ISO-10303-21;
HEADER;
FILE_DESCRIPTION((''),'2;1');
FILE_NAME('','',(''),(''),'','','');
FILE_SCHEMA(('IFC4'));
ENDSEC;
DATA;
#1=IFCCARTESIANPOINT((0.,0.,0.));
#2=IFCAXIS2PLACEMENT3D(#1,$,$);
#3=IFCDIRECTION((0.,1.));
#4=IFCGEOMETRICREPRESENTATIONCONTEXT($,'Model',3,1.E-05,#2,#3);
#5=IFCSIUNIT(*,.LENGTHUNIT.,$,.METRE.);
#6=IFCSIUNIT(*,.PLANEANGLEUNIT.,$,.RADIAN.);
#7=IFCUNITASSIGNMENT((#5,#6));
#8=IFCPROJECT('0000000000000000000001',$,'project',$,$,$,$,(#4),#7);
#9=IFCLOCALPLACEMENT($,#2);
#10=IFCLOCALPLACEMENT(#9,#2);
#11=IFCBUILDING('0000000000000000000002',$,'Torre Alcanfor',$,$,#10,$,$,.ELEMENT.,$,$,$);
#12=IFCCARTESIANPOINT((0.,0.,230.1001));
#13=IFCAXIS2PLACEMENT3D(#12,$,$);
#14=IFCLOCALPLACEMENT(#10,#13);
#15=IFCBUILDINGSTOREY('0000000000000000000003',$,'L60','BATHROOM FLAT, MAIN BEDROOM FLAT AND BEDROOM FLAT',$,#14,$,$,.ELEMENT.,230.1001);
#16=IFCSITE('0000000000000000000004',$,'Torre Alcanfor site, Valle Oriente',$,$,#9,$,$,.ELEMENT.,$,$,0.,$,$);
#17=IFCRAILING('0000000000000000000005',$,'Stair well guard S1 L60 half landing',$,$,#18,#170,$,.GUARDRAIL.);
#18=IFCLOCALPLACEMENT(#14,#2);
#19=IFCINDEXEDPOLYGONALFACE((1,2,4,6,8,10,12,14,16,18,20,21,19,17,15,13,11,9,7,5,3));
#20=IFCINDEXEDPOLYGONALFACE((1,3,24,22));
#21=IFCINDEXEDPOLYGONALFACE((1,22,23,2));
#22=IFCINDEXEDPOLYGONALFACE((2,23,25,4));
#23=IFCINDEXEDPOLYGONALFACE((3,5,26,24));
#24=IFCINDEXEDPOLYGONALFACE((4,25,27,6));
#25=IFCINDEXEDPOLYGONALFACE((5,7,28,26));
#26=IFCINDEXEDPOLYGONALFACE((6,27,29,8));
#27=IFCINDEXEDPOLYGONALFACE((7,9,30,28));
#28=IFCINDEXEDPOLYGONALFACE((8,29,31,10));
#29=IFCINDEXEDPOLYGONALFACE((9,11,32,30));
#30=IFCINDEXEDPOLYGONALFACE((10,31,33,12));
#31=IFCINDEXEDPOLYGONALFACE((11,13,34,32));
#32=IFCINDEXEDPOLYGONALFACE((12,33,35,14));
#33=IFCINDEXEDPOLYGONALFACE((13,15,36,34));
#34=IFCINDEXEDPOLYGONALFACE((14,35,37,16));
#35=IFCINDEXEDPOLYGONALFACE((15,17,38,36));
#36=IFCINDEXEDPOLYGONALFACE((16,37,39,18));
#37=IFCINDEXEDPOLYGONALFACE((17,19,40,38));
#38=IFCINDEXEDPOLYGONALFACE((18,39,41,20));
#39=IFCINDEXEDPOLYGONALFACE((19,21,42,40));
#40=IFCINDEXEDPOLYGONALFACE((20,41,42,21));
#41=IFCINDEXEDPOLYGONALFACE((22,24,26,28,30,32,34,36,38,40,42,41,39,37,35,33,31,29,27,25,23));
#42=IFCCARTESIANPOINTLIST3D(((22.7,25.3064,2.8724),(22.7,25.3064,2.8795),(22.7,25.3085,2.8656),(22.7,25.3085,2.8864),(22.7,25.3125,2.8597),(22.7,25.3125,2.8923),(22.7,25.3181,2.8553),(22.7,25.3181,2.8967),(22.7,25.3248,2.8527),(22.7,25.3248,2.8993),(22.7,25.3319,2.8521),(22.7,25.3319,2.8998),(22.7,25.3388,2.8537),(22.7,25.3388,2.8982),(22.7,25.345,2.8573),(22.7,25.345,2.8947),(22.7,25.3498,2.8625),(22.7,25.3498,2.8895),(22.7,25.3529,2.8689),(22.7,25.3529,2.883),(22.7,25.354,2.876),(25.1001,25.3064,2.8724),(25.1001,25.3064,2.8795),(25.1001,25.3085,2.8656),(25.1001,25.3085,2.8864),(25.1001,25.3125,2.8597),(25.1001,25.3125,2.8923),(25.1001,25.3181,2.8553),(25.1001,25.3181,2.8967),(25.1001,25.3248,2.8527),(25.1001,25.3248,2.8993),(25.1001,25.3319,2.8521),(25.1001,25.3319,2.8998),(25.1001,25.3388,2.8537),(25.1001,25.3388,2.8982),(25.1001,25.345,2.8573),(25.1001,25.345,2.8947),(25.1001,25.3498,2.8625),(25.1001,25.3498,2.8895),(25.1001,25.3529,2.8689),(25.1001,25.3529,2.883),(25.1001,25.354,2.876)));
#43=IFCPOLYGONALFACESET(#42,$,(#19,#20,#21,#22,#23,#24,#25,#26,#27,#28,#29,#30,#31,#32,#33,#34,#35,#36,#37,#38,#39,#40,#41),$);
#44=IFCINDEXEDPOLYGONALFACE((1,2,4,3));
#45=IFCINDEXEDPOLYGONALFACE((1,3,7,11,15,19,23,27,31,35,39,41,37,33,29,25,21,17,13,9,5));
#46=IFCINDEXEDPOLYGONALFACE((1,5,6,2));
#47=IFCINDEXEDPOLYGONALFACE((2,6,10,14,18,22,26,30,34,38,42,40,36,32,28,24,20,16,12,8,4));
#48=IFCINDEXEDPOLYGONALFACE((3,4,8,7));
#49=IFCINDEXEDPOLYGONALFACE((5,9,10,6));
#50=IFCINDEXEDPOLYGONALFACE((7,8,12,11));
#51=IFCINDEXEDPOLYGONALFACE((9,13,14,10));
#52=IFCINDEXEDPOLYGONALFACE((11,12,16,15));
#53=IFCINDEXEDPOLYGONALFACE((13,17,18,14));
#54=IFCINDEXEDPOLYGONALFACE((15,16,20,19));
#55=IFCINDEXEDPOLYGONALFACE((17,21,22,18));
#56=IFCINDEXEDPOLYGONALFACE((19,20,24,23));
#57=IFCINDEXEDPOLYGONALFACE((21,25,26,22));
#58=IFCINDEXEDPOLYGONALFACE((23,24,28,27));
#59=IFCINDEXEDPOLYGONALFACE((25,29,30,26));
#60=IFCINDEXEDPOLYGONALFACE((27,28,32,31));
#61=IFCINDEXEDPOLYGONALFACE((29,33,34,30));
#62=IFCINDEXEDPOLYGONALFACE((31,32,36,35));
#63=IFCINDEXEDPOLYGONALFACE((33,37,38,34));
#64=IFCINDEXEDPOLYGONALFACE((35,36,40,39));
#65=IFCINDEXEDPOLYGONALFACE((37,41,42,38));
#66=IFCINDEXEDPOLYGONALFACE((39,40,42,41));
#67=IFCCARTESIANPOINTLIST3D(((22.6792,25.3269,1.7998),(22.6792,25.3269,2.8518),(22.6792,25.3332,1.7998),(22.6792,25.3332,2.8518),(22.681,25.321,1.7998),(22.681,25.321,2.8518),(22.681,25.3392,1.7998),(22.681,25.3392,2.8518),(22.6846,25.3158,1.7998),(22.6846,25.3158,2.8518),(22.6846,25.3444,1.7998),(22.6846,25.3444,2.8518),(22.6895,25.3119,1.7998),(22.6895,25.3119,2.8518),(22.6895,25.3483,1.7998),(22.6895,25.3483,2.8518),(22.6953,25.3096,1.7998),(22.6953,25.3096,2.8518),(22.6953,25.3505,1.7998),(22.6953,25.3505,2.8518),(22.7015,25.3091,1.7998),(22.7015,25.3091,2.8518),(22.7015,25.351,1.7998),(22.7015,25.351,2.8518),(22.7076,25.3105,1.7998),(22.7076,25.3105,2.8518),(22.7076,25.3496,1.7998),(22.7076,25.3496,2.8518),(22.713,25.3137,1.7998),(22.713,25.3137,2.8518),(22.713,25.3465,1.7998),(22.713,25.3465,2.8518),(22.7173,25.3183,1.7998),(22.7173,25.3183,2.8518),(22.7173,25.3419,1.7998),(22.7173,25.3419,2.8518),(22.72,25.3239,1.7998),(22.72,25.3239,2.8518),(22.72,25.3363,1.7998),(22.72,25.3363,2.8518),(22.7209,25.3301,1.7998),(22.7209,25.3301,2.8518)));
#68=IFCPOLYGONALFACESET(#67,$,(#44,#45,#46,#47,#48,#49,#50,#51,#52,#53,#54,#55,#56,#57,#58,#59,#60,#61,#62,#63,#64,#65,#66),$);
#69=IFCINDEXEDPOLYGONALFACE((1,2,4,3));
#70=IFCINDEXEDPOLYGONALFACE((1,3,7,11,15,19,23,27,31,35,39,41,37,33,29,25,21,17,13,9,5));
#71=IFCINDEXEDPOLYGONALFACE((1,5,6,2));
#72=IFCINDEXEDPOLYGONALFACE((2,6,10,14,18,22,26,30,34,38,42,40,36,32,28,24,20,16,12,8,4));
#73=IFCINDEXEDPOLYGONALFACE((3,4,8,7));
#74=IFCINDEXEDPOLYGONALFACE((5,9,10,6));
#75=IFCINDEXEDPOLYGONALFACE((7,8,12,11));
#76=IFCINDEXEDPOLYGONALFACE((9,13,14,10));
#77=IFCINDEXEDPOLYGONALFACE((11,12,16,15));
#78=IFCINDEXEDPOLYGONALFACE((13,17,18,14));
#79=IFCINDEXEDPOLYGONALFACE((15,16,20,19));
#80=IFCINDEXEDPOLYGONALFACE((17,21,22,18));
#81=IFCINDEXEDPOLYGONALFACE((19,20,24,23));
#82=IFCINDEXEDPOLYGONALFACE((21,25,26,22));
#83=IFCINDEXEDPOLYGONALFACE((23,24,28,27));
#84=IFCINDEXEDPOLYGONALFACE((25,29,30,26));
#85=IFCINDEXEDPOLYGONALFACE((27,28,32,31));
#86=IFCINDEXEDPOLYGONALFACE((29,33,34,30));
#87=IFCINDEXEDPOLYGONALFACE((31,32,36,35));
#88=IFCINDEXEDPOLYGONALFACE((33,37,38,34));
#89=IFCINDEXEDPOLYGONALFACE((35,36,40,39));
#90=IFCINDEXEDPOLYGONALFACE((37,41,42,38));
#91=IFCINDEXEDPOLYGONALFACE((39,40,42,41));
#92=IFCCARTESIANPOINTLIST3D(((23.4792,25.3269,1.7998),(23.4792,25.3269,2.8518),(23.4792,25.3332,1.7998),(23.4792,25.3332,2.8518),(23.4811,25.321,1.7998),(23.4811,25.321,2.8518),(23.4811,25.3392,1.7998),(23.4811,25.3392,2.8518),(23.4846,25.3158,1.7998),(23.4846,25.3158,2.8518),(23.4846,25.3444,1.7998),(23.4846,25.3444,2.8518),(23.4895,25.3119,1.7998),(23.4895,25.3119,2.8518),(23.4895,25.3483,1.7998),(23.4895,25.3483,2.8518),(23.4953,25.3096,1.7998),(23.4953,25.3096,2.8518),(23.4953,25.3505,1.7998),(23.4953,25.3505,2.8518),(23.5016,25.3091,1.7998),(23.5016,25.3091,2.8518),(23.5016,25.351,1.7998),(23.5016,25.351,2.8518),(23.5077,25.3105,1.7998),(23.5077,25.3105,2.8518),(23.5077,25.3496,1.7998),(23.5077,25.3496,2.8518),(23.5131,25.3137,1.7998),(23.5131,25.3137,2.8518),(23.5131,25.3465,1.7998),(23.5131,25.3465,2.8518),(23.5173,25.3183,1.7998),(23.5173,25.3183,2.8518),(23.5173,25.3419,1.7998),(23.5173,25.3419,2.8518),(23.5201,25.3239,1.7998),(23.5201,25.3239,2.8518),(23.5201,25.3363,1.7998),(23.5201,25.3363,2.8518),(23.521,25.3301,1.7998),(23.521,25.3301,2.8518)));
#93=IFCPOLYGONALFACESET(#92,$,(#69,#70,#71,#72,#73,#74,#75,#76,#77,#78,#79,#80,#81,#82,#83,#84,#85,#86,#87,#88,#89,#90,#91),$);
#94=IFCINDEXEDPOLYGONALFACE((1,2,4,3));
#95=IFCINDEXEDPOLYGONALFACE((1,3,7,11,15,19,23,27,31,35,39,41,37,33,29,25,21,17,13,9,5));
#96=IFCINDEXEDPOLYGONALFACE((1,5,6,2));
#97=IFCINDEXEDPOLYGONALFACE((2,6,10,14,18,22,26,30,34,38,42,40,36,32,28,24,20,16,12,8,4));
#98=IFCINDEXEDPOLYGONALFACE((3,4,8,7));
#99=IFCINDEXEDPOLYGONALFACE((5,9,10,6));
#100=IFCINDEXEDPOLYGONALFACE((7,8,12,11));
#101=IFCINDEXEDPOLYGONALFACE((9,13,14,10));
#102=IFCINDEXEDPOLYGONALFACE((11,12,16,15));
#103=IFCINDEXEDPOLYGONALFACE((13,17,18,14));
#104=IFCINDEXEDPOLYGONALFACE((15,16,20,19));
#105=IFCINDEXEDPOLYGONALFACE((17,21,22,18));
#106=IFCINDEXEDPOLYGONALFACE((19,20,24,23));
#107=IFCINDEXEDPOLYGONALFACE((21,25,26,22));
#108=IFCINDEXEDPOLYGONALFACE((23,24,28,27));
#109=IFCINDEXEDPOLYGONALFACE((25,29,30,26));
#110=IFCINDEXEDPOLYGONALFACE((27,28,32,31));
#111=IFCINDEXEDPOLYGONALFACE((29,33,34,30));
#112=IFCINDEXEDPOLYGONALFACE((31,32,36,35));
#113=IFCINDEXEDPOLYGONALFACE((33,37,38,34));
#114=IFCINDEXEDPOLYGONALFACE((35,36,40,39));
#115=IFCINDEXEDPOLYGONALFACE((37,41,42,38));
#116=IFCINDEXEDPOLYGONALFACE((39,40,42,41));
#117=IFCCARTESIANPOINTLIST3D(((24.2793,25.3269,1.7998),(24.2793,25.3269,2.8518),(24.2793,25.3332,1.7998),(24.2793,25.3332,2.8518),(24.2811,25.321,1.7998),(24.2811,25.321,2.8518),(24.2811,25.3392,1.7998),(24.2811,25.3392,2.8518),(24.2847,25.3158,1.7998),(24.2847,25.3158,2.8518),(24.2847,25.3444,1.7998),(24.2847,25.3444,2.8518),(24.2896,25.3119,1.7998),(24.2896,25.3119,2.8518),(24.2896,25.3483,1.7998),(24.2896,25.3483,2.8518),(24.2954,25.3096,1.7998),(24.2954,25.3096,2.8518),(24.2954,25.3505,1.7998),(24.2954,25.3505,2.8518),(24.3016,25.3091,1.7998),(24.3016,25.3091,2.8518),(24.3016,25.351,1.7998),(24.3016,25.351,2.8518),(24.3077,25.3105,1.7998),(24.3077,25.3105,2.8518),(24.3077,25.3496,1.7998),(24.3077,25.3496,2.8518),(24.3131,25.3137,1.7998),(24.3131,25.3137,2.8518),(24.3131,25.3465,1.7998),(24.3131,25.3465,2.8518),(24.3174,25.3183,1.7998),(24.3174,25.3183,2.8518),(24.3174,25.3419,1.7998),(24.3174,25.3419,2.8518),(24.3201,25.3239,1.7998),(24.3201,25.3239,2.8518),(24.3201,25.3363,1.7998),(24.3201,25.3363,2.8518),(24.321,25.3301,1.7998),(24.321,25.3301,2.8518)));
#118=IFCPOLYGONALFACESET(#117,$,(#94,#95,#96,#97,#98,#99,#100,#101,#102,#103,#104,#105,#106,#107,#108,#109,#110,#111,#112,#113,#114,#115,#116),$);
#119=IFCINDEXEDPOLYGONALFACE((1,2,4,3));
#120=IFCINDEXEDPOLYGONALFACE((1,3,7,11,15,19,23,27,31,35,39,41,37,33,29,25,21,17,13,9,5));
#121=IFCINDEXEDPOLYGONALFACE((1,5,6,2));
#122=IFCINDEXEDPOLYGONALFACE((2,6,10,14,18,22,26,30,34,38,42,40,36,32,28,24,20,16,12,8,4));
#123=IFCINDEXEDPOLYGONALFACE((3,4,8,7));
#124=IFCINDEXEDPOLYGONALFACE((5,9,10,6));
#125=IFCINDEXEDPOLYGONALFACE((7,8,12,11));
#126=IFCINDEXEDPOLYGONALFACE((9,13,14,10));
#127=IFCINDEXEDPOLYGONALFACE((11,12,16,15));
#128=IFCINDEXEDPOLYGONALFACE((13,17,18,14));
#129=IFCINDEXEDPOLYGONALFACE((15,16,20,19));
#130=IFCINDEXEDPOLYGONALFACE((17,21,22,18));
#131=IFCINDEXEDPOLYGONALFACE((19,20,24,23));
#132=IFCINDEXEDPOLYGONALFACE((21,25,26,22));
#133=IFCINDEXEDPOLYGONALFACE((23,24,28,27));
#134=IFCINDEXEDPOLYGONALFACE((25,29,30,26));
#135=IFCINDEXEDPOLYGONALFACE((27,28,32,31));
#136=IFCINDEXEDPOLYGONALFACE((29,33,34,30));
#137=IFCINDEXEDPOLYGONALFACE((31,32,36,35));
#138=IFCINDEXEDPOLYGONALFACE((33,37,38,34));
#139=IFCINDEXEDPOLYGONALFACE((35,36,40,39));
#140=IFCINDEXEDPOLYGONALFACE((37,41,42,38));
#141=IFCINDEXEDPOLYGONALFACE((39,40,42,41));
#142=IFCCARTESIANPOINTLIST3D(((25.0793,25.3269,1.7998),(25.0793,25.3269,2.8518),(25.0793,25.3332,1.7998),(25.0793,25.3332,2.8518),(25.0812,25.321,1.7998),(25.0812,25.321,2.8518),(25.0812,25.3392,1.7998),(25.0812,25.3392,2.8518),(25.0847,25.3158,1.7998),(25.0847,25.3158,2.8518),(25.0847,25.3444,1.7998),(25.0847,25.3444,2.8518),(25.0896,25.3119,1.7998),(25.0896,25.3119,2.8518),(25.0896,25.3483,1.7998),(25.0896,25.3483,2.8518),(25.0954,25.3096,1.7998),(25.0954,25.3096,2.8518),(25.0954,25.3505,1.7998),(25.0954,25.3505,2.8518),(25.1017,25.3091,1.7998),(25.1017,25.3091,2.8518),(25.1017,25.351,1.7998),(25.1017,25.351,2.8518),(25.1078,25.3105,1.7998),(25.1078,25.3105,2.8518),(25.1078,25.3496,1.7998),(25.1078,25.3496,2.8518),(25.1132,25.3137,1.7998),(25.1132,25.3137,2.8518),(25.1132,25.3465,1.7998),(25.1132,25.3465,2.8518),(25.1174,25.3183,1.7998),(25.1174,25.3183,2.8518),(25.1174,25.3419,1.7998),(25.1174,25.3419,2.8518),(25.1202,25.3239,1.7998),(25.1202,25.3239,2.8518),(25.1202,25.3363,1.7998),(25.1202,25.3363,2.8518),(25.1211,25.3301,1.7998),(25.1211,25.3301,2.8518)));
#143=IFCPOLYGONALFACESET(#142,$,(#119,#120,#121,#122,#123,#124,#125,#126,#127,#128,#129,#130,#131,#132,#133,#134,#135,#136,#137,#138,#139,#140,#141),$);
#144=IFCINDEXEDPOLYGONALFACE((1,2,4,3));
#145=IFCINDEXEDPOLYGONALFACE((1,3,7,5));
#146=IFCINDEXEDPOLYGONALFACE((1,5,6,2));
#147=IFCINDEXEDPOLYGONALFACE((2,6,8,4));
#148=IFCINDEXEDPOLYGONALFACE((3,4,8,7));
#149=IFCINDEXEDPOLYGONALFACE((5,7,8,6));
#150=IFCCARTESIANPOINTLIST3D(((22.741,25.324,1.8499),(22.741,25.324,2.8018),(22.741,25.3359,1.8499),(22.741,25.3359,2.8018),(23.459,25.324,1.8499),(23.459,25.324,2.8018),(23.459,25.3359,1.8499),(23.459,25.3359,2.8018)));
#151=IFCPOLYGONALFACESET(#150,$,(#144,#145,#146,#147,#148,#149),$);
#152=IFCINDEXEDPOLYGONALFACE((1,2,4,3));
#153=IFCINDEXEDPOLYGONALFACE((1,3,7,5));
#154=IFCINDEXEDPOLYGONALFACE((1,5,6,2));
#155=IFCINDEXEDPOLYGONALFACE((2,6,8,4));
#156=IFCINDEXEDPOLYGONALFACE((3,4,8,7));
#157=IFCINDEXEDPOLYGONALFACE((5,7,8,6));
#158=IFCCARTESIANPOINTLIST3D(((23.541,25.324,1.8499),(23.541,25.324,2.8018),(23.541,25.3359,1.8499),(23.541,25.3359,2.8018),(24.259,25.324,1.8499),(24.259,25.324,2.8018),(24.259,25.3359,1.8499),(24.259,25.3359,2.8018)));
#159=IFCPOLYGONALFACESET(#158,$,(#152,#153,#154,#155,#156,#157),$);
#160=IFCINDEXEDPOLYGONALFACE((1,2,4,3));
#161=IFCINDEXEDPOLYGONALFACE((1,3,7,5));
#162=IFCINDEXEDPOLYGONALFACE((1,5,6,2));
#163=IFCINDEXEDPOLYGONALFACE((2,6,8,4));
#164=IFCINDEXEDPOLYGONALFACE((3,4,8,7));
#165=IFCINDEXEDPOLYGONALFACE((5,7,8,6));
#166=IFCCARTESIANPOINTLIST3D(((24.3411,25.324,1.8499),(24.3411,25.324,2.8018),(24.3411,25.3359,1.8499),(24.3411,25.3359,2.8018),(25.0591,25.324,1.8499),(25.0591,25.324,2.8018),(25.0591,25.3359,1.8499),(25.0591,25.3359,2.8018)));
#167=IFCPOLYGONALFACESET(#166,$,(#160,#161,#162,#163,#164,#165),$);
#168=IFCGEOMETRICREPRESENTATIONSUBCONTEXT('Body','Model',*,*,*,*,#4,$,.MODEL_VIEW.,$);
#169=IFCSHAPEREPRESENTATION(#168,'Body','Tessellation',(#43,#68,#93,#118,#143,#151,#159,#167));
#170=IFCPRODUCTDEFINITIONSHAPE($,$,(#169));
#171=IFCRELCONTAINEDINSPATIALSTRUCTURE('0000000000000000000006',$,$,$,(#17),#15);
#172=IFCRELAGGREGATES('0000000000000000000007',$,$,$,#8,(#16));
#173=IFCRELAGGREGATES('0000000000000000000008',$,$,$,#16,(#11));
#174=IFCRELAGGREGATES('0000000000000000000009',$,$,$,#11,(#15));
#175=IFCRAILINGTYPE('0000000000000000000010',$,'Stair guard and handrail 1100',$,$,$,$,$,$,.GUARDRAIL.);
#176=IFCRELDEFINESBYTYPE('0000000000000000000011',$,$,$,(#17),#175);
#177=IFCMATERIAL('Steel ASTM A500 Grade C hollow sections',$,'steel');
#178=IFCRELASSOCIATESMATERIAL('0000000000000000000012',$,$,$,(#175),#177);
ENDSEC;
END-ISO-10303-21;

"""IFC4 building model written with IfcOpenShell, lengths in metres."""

from ifc_helpers import new_model, si_unit, direction, frame, origin, origin_2d, place, context, subcontext, project, spatial, polyline, circle, outline, extrude, material, type_object, element, save


model = new_model("IFC4")

# Units and contexts
model_context = context("Model", 3, precision=1e-05, world=origin(), true_north=direction((0.0, 1.0)))
body_context = subcontext(model_context, "Body", "Model", "MODEL_VIEW")
ifc_project = project(units=[si_unit("LENGTHUNIT", "METRE"), si_unit("PLANEANGLEUNIT", "RADIAN")], contexts=[model_context])

# Site, building, storey
site_placement = place(None, origin())
site = spatial("IfcSite", under=ifc_project, at=site_placement, Name="Torre Alcanfor site, Valle Oriente", CompositionType="ELEMENT", RefElevation=0.0)
building_placement = place(site_placement, origin())
building = spatial("IfcBuilding", under=site, at=building_placement, Name="Torre Alcanfor", CompositionType="ELEMENT")
storey_placement = place(building_placement, frame((0.0, 0.0, 230.1001)))
storey = spatial("IfcBuildingStorey", under=building, at=storey_placement, Name="L60", Description="BATHROOM FLAT, MAIN BEDROOM FLAT AND BEDROOM FLAT", CompositionType="ELEMENT", Elevation=230.1001)

# Railing
ifc_material_1 = material(Name="Steel ASTM A500 Grade C hollow sections", Category="steel")
railing_type_1 = type_object("IfcRailingType", Name="Stair guard and handrail 1100", PredefinedType="GUARDRAIL", material=ifc_material_1)
railing_1_placement = place(storey_placement, frame((22.7, 25.3301, 1.7998)))
element("IfcRailing", 1, at=railing_1_placement, inside=storey, type_object=railing_type_1, Name="Stair well guard S1 L60 half landing", PredefinedType="GUARDRAIL", context=body_context, shape_type="SweptSolid", body=[
    extrude(circle(Radius=0.0239, at=origin_2d()), frame((0.0, 0.0, 1.0762), z_axis=(1.0, 0.0, 0.0), x_axis=(0.0, 1.0, 0.0)), (0.0, 0.0, 1.0), 2.4001),
    extrude(circle(Radius=0.021, at=origin_2d()), origin(), (0.0, 0.0, 1.0), 1.052),
    extrude(circle(Radius=0.021, at=origin_2d()), frame((0.8, 0.0, 0.0)), (0.0, 0.0, 1.0), 1.052),
    extrude(circle(Radius=0.021, at=origin_2d()), frame((1.6001, 0.0, 0.0)), (0.0, 0.0, 1.0), 1.052),
    extrude(circle(Radius=0.021, at=origin_2d()), frame((2.4001, 0.0, 0.0)), (0.0, 0.0, 1.0), 1.052),
    extrude(outline(polyline([(0.041, 0.05), (0.759, 0.05), (0.759, 1.002), (0.041, 1.002), (0.041, 0.05)])), frame((0.0, 0.0059, 0.0), z_axis=(0.0, -1.0, 0.0), x_axis=(1.0, 0.0, 0.0)), (0.0, 0.0, 1.0), 0.012),
    extrude(outline(polyline([(0.8411, 0.05), (1.5591, 0.05), (1.5591, 1.002), (0.8411, 1.002), (0.8411, 0.05)])), frame((0.0, 0.0059, 0.0), z_axis=(0.0, -1.0, 0.0), x_axis=(1.0, 0.0, 0.0)), (0.0, 0.0, 1.0), 0.012),
    extrude(outline(polyline([(1.6411, 0.05), (2.3591, 0.05), (2.3591, 1.002), (1.6411, 1.002), (1.6411, 0.05)])), frame((0.0, 0.0059, 0.0), z_axis=(0.0, -1.0, 0.0), x_axis=(1.0, 0.0, 0.0)), (0.0, 0.0, 1.0), 0.012),
])

save(model, "model.ifc")
